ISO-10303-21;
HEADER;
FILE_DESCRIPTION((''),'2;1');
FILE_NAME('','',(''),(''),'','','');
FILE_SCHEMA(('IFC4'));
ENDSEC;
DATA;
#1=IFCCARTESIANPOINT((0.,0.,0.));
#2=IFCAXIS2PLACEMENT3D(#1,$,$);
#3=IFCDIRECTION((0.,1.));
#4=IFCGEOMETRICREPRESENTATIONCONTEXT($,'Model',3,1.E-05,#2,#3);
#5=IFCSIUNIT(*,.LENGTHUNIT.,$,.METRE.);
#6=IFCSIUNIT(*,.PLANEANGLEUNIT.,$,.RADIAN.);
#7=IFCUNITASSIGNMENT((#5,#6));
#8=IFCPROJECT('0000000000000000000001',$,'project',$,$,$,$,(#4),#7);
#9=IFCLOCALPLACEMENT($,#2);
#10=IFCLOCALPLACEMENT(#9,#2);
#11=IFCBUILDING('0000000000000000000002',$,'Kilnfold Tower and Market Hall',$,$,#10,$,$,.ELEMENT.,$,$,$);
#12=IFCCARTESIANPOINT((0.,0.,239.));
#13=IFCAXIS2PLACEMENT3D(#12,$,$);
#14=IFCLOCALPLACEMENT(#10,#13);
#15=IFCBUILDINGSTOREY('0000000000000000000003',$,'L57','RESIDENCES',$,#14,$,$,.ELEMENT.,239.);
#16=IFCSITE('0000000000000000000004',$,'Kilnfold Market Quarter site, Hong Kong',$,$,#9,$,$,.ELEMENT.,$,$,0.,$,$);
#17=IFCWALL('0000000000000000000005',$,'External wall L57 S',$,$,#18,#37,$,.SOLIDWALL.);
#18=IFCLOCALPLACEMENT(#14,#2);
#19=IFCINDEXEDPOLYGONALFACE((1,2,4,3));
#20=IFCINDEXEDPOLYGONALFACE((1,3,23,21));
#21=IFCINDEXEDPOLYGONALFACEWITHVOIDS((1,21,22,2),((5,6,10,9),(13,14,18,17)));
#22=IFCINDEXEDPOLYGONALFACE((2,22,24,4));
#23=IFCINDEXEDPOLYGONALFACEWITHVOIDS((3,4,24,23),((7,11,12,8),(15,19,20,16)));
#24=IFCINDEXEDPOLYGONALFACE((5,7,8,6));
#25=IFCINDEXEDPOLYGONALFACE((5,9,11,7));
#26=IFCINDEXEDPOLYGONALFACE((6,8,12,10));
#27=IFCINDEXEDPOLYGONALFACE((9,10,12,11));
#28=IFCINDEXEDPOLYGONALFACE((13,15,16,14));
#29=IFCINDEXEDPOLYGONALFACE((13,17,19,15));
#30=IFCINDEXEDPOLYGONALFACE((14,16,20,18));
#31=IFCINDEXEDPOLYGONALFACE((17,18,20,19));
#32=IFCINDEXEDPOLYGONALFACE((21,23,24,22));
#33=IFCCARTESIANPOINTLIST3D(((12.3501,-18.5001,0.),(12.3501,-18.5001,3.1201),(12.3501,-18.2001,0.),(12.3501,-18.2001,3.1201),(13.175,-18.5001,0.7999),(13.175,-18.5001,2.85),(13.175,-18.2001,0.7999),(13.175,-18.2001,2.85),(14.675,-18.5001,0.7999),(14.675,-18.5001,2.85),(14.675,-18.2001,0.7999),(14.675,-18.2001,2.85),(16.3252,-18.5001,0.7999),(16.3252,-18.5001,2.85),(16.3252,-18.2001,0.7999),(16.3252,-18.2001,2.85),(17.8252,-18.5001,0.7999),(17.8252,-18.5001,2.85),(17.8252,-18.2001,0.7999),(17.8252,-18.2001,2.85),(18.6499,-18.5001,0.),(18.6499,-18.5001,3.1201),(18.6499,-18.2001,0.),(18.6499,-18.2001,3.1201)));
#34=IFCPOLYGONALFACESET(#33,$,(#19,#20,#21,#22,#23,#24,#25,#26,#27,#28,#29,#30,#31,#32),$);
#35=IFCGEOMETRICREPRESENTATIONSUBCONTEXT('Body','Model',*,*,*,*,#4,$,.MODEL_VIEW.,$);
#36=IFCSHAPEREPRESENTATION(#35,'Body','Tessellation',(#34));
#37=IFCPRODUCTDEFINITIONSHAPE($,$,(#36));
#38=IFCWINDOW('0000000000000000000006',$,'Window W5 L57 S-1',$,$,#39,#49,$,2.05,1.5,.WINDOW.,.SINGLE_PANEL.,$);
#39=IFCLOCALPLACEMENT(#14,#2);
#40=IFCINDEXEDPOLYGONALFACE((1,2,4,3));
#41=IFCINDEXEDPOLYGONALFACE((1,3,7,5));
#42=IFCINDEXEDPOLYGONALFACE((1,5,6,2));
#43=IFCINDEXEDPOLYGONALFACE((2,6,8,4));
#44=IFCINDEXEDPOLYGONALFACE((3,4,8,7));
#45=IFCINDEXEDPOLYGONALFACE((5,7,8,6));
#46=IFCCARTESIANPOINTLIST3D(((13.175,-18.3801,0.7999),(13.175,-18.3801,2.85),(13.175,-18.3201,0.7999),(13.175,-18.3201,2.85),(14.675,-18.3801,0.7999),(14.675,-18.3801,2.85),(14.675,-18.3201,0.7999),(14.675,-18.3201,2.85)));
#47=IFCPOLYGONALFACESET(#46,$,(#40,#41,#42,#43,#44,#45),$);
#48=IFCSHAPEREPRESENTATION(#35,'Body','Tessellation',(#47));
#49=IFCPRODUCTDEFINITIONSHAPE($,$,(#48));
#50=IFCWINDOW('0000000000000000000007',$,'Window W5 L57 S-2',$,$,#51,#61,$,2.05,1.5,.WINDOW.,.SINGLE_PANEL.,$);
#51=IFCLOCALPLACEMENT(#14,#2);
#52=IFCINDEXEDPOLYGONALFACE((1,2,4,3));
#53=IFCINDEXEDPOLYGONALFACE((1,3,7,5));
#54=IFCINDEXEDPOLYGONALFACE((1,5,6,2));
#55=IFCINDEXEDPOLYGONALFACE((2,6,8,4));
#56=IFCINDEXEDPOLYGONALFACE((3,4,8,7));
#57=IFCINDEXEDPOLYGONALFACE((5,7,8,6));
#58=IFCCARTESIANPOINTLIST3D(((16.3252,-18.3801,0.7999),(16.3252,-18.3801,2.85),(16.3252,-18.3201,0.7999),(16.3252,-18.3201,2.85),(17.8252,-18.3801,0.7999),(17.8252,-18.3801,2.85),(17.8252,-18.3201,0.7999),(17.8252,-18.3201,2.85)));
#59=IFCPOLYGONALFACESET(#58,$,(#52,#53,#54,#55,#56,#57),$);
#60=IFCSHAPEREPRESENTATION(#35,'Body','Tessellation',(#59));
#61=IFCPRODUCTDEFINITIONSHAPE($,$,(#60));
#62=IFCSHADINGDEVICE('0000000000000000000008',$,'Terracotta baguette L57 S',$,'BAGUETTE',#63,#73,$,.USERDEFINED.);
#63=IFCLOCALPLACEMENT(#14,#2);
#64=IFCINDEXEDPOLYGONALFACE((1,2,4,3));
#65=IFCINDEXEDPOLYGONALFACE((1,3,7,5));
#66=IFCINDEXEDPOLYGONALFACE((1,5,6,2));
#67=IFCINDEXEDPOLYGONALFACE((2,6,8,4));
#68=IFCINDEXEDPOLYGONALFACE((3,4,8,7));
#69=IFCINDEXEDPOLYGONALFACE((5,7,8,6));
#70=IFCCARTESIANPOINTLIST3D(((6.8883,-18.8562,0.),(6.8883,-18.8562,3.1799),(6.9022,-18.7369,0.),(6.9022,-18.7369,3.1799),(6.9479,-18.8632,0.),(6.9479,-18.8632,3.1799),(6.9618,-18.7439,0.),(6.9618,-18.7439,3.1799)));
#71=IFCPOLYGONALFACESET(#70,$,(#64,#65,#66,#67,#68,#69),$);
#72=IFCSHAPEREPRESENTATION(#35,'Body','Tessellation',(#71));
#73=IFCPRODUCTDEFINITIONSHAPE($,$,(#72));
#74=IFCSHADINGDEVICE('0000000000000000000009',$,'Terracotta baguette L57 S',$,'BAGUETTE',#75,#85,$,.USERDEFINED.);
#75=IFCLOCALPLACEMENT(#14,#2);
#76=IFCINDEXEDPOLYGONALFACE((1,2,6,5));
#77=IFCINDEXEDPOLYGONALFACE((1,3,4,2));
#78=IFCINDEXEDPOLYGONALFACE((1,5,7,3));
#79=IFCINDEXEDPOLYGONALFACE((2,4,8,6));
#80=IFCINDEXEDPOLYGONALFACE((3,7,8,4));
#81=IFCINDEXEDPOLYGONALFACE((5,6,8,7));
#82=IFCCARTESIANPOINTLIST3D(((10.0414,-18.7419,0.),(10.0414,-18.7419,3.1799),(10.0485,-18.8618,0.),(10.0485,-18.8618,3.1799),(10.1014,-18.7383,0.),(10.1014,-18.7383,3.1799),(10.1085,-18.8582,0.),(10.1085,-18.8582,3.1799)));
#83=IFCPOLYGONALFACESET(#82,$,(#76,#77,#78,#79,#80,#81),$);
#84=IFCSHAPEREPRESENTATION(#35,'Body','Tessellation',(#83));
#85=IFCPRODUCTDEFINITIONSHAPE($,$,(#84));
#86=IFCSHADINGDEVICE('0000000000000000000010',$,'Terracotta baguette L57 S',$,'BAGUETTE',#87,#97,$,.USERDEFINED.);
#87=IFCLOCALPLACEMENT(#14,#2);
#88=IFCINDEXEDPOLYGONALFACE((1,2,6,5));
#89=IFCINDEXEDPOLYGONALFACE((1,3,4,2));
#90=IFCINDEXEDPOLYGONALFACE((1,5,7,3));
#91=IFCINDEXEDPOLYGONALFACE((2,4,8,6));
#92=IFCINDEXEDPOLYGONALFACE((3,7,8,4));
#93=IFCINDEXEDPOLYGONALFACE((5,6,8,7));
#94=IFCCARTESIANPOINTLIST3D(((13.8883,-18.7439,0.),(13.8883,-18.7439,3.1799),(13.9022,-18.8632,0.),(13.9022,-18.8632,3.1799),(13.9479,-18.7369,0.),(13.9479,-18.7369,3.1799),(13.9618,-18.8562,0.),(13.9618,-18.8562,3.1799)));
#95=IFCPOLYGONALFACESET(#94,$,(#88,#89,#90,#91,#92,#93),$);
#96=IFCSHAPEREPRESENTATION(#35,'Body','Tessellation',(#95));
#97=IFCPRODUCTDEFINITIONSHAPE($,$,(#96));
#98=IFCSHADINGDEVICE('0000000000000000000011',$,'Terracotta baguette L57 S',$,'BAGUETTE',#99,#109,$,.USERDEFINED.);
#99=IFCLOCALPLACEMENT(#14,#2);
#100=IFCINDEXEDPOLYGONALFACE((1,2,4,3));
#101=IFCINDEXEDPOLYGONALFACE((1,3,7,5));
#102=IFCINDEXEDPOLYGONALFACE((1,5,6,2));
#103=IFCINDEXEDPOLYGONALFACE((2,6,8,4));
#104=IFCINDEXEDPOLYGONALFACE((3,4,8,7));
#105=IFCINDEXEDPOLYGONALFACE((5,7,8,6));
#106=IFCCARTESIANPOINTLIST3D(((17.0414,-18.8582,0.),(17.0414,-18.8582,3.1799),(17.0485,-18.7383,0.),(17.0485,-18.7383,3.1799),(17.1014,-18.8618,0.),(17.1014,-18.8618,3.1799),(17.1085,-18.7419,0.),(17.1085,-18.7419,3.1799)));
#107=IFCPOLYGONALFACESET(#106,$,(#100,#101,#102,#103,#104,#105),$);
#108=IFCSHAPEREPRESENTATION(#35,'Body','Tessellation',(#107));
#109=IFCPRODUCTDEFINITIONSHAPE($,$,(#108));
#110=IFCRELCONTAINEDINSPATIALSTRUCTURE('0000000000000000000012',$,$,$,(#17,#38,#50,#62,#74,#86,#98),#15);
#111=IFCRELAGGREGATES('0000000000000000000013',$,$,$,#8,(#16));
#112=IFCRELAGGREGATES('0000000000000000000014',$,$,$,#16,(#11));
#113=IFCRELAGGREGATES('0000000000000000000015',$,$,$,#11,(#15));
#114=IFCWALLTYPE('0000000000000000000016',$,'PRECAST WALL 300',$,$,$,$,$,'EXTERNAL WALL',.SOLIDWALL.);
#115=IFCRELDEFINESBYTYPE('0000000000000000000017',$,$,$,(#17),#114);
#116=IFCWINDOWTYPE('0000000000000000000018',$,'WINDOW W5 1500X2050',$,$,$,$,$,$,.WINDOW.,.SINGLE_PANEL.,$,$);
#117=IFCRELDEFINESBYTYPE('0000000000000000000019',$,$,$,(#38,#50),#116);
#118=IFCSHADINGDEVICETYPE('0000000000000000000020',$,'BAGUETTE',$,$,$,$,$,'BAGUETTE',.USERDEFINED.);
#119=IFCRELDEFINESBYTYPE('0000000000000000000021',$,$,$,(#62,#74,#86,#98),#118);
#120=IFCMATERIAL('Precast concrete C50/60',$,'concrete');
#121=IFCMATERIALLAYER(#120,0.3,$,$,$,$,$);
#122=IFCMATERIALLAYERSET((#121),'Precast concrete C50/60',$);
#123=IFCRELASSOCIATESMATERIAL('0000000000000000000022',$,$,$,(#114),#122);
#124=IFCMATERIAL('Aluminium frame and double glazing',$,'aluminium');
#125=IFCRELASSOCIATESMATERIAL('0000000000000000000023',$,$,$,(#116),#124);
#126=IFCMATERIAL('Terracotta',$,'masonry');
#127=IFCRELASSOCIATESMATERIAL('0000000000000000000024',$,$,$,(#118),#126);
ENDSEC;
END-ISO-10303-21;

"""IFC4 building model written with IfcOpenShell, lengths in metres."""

from ifc_helpers import new_model, si_unit, direction, frame, frame_2d, origin, origin_2d, place, context, subcontext, project, spatial, rectangle, extrude, source, transform, mapped, material, layer, layer_set, material_profile, profile_set, type_object, element, fill, save


model = new_model("IFC4")

# Units and contexts
model_context = context("Model", 3, precision=1e-05, world=origin(), true_north=direction((0.0, 1.0)))
body_context = subcontext(model_context, "Body", "Model", "MODEL_VIEW")
ifc_project = project(units=[si_unit("LENGTHUNIT", "METRE"), si_unit("PLANEANGLEUNIT", "RADIAN")], contexts=[model_context])

# Site, building, storey
site_placement = place(None, origin())
site = spatial("IfcSite", under=ifc_project, at=site_placement, Name="Kilnfold Market Quarter site, Hong Kong", CompositionType="ELEMENT", RefElevation=0.0)
building_placement = place(site_placement, origin())
building = spatial("IfcBuilding", under=site, at=building_placement, Name="Kilnfold Tower and Market Hall", CompositionType="ELEMENT")
storey_placement = place(building_placement, frame((0.0, 0.0, 239.0)))
storey = spatial("IfcBuildingStorey", under=building, at=storey_placement, Name="L57", Description="RESIDENCES", CompositionType="ELEMENT", Elevation=239.0)

# Wall, openings, windows
ifc_material_1 = material(Name="Precast concrete C50/60", Category="concrete")
ifc_layer_1 = layer(ifc_material_1, 0.3)
ifc_layer_set_1 = layer_set([ifc_layer_1], Name="Precast concrete C50/60")
wall_type_1 = type_object("IfcWallType", Name="PRECAST WALL 300", ElementType="EXTERNAL WALL", PredefinedType="SOLIDWALL", material=ifc_layer_set_1)
shared_shape_1 = source(origin(), body_context, "Body", "SweptSolid", [
    extrude(rectangle(XDim=6.2998, YDim=0.3, at=frame_2d((3.1499, 0.0))), origin(), (0.0, 0.0, 1.0), 3.1201),
])
ifc_material_2 = material(Name="Aluminium frame and double glazing", Category="aluminium")
window_type = type_object("IfcWindowType", Name="WINDOW W5 1500X2050", PartitioningType="SINGLE_PANEL", PredefinedType="WINDOW", material=ifc_material_2)
wall_1_placement = place(storey_placement, frame((12.3501, -18.3501, 0.0), z_axis=(0.0, 0.0, 1.0), x_axis=(1.0, 0.0, 0.0)))
wall_1 = element("IfcWall", 1, at=wall_1_placement, inside=storey, type_object=wall_type_1, Name="External wall L57 S", PredefinedType="SOLIDWALL", context=body_context, shape_type="MappedRepresentation", body=[
    mapped(shared_shape_1, transform((0.0, 0.0, 0.0))),
])
opening_1_placement = place(wall_1_placement, frame((0.825, 0.0, 0.8)))
opening_1 = element("IfcOpeningElement", 2, at=opening_1_placement, cuts=wall_1, PredefinedType="OPENING", context=body_context, shape_type="SweptSolid", body=[
    extrude(rectangle(XDim=1.5, YDim=2.05, at=frame_2d((0.75, 1.0249))), frame((0.0, 0.1602, 0.0), z_axis=(0.0, -1.0, 0.0), x_axis=(1.0, 0.0, 0.0)), (0.0, 0.0, 1.0), 0.3201),
])
opening_2_placement = place(wall_1_placement, frame((3.9751, 0.0, 0.8)))
opening_2 = element("IfcOpeningElement", 3, at=opening_2_placement, cuts=wall_1, PredefinedType="OPENING", context=body_context, shape_type="SweptSolid", body=[
    extrude(rectangle(XDim=1.5, YDim=2.05, at=frame_2d((0.75, 1.0249))), frame((0.0, 0.1602, 0.0), z_axis=(0.0, -1.0, 0.0), x_axis=(1.0, 0.0, 0.0)), (0.0, 0.0, 1.0), 0.3201),
])
window_1_placement = place(opening_1_placement, origin())
window_1 = element("IfcWindow", 4, at=window_1_placement, inside=storey, type_object=window_type, Name="Window W5 L57 S-1", OverallHeight=2.05, OverallWidth=1.5, PartitioningType="SINGLE_PANEL", PredefinedType="WINDOW", context=body_context, shape_type="SweptSolid", body=[
    extrude(rectangle(XDim=1.5, YDim=2.05, at=frame_2d((0.75, 1.0249))), frame((0.0, 0.03, 0.0), z_axis=(0.0, -1.0, 0.0), x_axis=(1.0, 0.0, 0.0)), (0.0, 0.0, 1.0), 0.0601),
])
fill(opening_1, window_1)
window_2_placement = place(opening_2_placement, origin())
window_2 = element("IfcWindow", 5, at=window_2_placement, inside=storey, type_object=window_type, Name="Window W5 L57 S-2", OverallHeight=2.05, OverallWidth=1.5, PartitioningType="SINGLE_PANEL", PredefinedType="WINDOW", context=body_context, shape_type="SweptSolid", body=[
    extrude(rectangle(XDim=1.5, YDim=2.05, at=frame_2d((0.75, 1.0249))), frame((0.0, 0.03, 0.0), z_axis=(0.0, -1.0, 0.0), x_axis=(1.0, 0.0, 0.0)), (0.0, 0.0, 1.0), 0.0601),
])
fill(opening_2, window_2)

# Shading devices
ifc_material_3 = material(Name="Terracotta", Category="masonry")
ifc_material_profile_1 = material_profile(ifc_material_3, rectangle(XDim=0.0601, YDim=0.1201, at=origin_2d()), Name="BAG 60x120")
ifc_profile_set_1 = profile_set([ifc_material_profile_1], Name="Terracotta")
shading_device_type = type_object("IfcShadingDeviceType", Name="BAGUETTE", ElementType="BAGUETTE", PredefinedType="USERDEFINED", material=ifc_profile_set_1)
shared_shape_2 = source(origin(), body_context, "Body", "SweptSolid", [
    extrude(rectangle(XDim=0.0601, YDim=0.1201, at=origin_2d()), origin(), (0.0, 0.0, 1.0), 3.1799),
])
for number, where, z_axis, x_axis, name in (
    (6, (6.925, -18.8, 0.0), (0.0, 0.0, 1.0), (0.993311, -0.115469, 0.0), "Terracotta baguette L57 S"),
    (7, (10.075, -18.8, 0.0), (0.0, 0.0, 1.0), (0.998257, 0.059019, 0.0), "Terracotta baguette L57 S"),
    (8, (13.925, -18.8, 0.0), (0.0, 0.0, 1.0), (0.993311, 0.115469, 0.0), "Terracotta baguette L57 S"),
    (9, (17.075, -18.8, 0.0), (0.0, 0.0, 1.0), (0.998257, -0.059019, 0.0), "Terracotta baguette L57 S"),
):
    element("IfcShadingDevice", number, at=place(storey_placement, frame(where, z_axis=z_axis, x_axis=x_axis)), inside=storey, type_object=shading_device_type, Name=name, ObjectType="BAGUETTE", PredefinedType="USERDEFINED", context=body_context, shape_type="MappedRepresentation", body=[
        mapped(shared_shape_2, transform((0.0, 0.0, 0.0))),
    ])

save(model, "model.ifc")
